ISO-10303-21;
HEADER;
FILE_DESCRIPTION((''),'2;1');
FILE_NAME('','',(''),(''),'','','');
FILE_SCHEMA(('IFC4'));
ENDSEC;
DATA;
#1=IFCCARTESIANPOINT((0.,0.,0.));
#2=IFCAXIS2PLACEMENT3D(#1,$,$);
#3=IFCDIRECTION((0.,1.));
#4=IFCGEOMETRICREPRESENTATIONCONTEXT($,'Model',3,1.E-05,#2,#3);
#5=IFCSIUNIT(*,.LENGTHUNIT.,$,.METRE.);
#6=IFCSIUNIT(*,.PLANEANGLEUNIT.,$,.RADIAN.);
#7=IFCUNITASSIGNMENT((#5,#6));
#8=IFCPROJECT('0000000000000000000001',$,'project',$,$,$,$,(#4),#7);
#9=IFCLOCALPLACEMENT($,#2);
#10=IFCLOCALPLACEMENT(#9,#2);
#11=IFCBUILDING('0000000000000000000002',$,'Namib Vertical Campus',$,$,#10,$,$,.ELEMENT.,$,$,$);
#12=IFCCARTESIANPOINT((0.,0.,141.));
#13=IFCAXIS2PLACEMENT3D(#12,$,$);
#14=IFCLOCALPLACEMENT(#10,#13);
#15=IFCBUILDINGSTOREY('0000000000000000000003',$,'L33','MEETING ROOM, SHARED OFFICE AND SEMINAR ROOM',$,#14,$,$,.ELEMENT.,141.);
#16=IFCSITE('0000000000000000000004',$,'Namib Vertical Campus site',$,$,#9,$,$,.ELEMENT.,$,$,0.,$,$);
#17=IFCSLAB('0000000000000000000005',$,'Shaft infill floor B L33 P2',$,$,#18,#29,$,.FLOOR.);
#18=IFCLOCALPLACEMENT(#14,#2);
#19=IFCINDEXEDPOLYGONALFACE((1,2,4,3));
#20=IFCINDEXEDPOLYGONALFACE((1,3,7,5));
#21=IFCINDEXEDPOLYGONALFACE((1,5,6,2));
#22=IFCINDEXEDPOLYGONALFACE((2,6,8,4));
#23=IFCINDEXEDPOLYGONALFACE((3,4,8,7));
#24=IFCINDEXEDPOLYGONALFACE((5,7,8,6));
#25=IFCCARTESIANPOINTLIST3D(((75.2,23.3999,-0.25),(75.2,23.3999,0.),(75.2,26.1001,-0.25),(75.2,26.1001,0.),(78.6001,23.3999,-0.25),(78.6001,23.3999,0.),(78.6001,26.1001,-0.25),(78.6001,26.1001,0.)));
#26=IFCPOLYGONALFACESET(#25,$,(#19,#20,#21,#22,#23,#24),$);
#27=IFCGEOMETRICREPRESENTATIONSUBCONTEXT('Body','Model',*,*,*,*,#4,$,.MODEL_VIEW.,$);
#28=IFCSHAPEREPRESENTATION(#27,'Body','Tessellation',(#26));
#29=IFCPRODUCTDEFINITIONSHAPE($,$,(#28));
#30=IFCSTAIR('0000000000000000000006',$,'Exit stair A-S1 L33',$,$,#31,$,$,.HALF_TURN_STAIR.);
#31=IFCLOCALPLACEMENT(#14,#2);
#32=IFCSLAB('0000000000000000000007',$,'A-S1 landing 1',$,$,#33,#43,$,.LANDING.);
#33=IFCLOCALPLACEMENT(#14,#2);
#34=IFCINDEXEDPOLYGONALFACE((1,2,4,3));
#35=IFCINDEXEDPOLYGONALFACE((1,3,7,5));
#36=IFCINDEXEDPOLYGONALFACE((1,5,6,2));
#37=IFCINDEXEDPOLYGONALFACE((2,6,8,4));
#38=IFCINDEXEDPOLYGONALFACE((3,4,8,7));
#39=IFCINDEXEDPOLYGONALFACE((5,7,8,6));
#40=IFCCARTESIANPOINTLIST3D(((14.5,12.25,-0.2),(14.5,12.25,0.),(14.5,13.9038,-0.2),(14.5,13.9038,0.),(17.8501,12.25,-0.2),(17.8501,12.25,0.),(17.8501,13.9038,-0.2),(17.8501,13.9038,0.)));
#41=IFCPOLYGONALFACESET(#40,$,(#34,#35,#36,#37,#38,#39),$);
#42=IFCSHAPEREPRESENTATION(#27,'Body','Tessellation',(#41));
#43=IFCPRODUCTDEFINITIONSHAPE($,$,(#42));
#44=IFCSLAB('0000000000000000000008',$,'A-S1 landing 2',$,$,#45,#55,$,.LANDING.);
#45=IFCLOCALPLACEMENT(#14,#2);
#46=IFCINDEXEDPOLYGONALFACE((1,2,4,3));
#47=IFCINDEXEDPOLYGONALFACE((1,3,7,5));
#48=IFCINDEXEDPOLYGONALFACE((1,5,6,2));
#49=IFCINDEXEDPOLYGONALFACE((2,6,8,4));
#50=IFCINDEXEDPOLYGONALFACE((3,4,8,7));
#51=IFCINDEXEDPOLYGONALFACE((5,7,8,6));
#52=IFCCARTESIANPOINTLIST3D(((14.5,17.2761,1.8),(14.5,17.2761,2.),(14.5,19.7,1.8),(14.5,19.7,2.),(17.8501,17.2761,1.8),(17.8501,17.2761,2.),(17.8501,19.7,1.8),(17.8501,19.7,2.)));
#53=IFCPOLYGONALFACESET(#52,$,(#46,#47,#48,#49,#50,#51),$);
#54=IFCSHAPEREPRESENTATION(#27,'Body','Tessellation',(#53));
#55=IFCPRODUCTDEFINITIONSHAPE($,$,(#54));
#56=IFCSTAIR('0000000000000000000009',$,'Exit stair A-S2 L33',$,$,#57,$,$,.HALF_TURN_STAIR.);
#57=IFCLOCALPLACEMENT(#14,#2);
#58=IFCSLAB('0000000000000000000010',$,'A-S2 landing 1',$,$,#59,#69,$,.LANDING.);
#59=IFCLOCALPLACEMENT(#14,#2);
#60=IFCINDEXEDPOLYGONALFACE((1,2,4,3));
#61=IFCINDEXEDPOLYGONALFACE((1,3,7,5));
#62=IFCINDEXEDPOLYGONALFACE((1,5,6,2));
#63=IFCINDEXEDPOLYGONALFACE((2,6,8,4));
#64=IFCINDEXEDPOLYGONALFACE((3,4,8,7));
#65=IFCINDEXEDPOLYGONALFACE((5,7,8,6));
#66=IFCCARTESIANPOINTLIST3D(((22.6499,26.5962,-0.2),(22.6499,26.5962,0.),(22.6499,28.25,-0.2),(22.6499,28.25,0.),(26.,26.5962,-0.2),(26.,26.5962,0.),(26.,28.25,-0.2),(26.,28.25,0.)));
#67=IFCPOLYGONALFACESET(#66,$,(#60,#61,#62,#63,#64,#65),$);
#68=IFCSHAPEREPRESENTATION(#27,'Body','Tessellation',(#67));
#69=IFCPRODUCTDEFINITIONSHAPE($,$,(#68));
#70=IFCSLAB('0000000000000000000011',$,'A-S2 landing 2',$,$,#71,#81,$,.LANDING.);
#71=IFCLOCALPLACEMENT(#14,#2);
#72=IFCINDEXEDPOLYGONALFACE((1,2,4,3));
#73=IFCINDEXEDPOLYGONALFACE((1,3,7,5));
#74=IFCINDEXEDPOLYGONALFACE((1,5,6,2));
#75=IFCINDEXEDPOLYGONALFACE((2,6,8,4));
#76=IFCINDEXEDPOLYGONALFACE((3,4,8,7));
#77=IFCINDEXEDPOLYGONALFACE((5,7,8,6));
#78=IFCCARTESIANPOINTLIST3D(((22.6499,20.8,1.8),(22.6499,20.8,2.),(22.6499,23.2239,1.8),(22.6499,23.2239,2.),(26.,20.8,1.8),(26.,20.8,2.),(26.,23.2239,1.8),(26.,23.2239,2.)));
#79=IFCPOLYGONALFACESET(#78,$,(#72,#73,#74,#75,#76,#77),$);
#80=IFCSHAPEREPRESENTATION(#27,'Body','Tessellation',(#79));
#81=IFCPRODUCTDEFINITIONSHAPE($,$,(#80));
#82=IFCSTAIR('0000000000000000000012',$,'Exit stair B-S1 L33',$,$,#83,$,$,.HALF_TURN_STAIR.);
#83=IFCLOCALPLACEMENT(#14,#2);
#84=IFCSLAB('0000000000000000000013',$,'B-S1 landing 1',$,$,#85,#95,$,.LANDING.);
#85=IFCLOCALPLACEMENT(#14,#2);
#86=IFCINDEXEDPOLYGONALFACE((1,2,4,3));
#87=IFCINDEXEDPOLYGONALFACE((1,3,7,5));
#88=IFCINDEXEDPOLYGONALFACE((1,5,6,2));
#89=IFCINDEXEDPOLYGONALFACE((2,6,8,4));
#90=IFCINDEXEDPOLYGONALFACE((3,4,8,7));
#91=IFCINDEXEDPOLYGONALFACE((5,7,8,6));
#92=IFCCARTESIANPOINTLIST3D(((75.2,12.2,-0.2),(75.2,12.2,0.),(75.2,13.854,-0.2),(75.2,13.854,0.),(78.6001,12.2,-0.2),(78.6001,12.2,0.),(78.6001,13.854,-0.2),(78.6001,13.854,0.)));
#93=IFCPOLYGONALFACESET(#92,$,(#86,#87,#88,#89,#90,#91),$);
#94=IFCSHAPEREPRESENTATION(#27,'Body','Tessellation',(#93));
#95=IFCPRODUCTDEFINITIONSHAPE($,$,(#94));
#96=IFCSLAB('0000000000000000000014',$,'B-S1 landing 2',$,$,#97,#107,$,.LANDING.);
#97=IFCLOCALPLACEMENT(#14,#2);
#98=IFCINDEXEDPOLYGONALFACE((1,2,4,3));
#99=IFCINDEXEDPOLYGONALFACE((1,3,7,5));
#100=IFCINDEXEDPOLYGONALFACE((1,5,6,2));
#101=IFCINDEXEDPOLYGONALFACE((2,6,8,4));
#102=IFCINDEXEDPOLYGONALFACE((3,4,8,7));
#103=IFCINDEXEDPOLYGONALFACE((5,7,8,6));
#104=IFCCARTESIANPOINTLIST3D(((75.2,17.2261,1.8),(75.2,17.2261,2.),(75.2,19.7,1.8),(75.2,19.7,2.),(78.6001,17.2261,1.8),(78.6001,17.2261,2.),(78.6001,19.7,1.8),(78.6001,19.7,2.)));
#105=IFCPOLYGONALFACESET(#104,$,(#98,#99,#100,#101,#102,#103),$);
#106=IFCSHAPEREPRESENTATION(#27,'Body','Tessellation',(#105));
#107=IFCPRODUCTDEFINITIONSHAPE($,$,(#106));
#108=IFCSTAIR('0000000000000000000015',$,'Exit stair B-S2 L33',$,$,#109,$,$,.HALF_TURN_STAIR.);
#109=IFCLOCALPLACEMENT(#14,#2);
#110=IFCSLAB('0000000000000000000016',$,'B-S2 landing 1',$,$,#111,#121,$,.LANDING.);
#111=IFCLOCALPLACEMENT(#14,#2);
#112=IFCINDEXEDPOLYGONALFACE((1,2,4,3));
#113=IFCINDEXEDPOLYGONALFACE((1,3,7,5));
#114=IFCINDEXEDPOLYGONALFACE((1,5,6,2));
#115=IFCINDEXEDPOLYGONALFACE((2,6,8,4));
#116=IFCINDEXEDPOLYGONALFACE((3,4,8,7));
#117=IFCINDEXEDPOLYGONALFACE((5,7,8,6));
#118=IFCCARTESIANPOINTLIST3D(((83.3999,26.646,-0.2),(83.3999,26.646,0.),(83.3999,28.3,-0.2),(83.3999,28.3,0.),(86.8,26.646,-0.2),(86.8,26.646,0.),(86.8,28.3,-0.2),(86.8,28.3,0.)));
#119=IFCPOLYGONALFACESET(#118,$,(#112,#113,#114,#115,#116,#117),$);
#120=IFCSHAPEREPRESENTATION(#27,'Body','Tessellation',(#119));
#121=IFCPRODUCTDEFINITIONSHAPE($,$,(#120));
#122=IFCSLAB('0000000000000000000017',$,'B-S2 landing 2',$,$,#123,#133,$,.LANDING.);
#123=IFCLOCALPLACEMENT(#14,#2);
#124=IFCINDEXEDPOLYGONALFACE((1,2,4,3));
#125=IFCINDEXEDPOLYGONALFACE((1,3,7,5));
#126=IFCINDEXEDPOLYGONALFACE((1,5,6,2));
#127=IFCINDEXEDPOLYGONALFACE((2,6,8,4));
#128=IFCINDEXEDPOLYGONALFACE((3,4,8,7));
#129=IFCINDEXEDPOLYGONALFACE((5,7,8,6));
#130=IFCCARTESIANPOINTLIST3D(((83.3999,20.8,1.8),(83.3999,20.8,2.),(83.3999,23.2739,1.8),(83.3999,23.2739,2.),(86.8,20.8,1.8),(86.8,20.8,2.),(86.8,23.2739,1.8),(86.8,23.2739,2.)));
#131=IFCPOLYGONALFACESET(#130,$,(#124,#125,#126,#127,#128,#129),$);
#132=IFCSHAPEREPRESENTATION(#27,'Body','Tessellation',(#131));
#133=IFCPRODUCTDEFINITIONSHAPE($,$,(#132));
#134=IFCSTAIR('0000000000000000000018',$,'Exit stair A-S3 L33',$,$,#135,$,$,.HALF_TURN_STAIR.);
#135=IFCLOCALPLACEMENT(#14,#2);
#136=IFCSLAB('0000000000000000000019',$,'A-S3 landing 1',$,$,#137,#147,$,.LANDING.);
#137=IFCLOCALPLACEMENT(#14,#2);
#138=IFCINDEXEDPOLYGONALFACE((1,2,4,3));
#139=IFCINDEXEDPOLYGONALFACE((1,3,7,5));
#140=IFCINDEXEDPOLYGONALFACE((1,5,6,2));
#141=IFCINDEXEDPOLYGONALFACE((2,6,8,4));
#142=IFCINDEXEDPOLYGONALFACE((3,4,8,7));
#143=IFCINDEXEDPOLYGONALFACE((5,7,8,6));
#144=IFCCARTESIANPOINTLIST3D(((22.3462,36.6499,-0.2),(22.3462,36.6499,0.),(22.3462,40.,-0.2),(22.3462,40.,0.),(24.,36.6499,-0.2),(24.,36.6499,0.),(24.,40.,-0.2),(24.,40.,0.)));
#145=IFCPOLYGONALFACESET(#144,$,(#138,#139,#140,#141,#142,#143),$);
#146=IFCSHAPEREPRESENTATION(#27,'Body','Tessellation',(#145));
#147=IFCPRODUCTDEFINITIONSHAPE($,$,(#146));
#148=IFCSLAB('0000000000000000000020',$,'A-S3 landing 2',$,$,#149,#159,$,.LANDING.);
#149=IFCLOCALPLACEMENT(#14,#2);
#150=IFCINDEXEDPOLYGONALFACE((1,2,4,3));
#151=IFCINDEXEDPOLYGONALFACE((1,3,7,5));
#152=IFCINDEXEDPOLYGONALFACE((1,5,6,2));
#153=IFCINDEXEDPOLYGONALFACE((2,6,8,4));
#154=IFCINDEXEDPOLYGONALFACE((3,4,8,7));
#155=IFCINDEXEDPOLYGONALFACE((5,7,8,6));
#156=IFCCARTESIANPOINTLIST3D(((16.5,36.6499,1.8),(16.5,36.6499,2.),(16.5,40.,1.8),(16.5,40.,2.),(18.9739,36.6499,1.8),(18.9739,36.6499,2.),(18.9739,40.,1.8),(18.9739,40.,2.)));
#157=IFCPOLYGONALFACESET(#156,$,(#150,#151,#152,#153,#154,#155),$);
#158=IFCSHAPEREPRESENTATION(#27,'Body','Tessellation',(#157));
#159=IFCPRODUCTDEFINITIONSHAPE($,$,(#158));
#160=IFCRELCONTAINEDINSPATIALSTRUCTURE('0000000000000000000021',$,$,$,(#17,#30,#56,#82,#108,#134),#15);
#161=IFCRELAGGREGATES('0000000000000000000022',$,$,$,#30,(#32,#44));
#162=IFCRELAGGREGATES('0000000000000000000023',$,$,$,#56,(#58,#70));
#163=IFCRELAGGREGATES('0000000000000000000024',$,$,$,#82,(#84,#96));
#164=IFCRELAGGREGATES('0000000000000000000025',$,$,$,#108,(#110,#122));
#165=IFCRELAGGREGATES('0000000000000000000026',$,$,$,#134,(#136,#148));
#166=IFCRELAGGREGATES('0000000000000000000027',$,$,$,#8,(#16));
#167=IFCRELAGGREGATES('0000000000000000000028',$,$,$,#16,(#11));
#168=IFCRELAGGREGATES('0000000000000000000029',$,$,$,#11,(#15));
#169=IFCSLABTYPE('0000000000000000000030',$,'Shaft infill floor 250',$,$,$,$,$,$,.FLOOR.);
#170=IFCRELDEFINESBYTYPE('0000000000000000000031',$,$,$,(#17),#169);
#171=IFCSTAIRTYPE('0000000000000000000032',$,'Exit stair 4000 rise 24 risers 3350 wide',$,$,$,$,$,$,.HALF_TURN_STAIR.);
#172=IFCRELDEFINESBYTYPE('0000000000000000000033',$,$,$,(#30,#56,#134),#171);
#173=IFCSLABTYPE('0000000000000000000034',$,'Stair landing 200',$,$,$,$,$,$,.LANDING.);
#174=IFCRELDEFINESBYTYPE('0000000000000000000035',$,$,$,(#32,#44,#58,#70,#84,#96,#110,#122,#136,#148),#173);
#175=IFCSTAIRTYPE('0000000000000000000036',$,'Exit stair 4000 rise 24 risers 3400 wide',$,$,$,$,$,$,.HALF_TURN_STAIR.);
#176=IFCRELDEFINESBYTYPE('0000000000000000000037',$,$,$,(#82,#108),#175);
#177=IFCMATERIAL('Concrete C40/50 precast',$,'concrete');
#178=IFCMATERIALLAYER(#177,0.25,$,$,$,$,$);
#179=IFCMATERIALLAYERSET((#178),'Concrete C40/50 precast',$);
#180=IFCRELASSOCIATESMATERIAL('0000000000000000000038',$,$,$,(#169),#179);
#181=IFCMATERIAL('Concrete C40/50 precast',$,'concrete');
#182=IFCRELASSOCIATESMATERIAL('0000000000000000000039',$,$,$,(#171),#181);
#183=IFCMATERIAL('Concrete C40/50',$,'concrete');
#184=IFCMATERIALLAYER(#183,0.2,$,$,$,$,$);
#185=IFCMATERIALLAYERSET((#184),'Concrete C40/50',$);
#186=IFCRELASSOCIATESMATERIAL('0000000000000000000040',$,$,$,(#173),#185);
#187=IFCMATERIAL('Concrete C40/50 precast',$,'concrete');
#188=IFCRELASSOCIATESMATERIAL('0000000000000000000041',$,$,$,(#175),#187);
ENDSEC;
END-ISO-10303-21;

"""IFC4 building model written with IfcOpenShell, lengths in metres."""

from ifc_helpers import new_model, si_unit, direction, frame, origin, place, context, subcontext, project, spatial, polyline, outline, extrude, material, layer, layer_set, type_object, element, aggregate, save


model = new_model("IFC4")

# Units and contexts
model_context = context("Model", 3, precision=1e-05, world=origin(), true_north=direction((0.0, 1.0)))
body_context = subcontext(model_context, "Body", "Model", "MODEL_VIEW")
ifc_project = project(units=[si_unit("LENGTHUNIT", "METRE"), si_unit("PLANEANGLEUNIT", "RADIAN")], contexts=[model_context])

# Site, building, storey
site_placement = place(None, origin())
site = spatial("IfcSite", under=ifc_project, at=site_placement, Name="Namib Vertical Campus site", CompositionType="ELEMENT", RefElevation=0.0)
building_placement = place(site_placement, origin())
building = spatial("IfcBuilding", under=site, at=building_placement, Name="Namib Vertical Campus", CompositionType="ELEMENT")
storey_placement = place(building_placement, frame((0.0, 0.0, 141.0)))
storey = spatial("IfcBuildingStorey", under=building, at=storey_placement, Name="L33", Description="MEETING ROOM, SHARED OFFICE AND SEMINAR ROOM", CompositionType="ELEMENT", Elevation=141.0)

# Slab
ifc_material_1 = material(Name="Concrete C40/50 precast", Category="concrete")
ifc_layer_1 = layer(ifc_material_1, 0.25)
ifc_layer_set_1 = layer_set([ifc_layer_1], Name="Concrete C40/50 precast")
slab_type_1 = type_object("IfcSlabType", Name="Shaft infill floor 250", PredefinedType="FLOOR", material=ifc_layer_set_1)
slab_1_placement = place(storey_placement, frame((0.0, 0.0, -0.25)))
element("IfcSlab", 1, at=slab_1_placement, inside=storey, type_object=slab_type_1, Name="Shaft infill floor B L33 P2", PredefinedType="FLOOR", context=body_context, shape_type="SweptSolid", body=[
    extrude(outline(polyline([(75.2, 23.3999), (78.6001, 23.3999), (78.6001, 26.1001), (75.2, 26.1001), (75.2, 23.3999)])), origin(), (0.0, 0.0, 1.0), 0.25),
])

# Stairs, slabs
ifc_material_2 = material(Name="Concrete C40/50 precast", Category="concrete")
stair_type_1 = type_object("IfcStairType", Name="Exit stair 4000 rise 24 risers 3350 wide", PredefinedType="HALF_TURN_STAIR", material=ifc_material_2)
stair_1_placement = place(storey_placement, origin())
stair_1 = element("IfcStair", 2, at=stair_1_placement, inside=storey, type_object=stair_type_1, Name="Exit stair A-S1 L33", PredefinedType="HALF_TURN_STAIR")
ifc_material_3 = material(Name="Concrete C40/50", Category="concrete")
ifc_layer_2 = layer(ifc_material_3, 0.2)
ifc_layer_set_2 = layer_set([ifc_layer_2], Name="Concrete C40/50")
slab_type_2 = type_object("IfcSlabType", Name="Stair landing 200", PredefinedType="LANDING", material=ifc_layer_set_2)
slab_2_placement = place(storey_placement, frame((0.0, 0.0, -0.2)))
slab_2 = element("IfcSlab", 3, at=slab_2_placement, type_object=slab_type_2, Name="A-S1 landing 1", PredefinedType="LANDING", context=body_context, shape_type="SweptSolid", body=[
    extrude(outline(polyline([(14.5, 12.25), (17.8501, 12.25), (17.8501, 13.9038), (14.5, 13.9038), (14.5, 12.25)])), origin(), (0.0, 0.0, 1.0), 0.2),
])
slab_3_placement = place(storey_placement, frame((0.0, 0.0, 1.8)))
slab_3 = element("IfcSlab", 4, at=slab_3_placement, type_object=slab_type_2, Name="A-S1 landing 2", PredefinedType="LANDING", context=body_context, shape_type="SweptSolid", body=[
    extrude(outline(polyline([(14.5, 17.2761), (17.8501, 17.2761), (17.8501, 19.7), (14.5, 19.7), (14.5, 17.2761)])), origin(), (0.0, 0.0, 1.0), 0.2),
])
aggregate(stair_1, [slab_2, slab_3])
stair_2_placement = place(storey_placement, origin())
stair_2 = element("IfcStair", 5, at=stair_2_placement, inside=storey, type_object=stair_type_1, Name="Exit stair A-S2 L33", PredefinedType="HALF_TURN_STAIR")
slab_4_placement = place(storey_placement, frame((0.0, 0.0, -0.2)))
slab_4 = element("IfcSlab", 6, at=slab_4_placement, type_object=slab_type_2, Name="A-S2 landing 1", PredefinedType="LANDING", context=body_context, shape_type="SweptSolid", body=[
    extrude(outline(polyline([(22.6499, 26.5962), (26.0, 26.5962), (26.0, 28.25), (22.6499, 28.25), (22.6499, 26.5962)])), origin(), (0.0, 0.0, 1.0), 0.2),
])
slab_5_placement = place(storey_placement, frame((0.0, 0.0, 1.8)))
slab_5 = element("IfcSlab", 7, at=slab_5_placement, type_object=slab_type_2, Name="A-S2 landing 2", PredefinedType="LANDING", context=body_context, shape_type="SweptSolid", body=[
    extrude(outline(polyline([(22.6499, 20.8), (26.0, 20.8), (26.0, 23.2239), (22.6499, 23.2239), (22.6499, 20.8)])), origin(), (0.0, 0.0, 1.0), 0.2),
])
aggregate(stair_2, [slab_4, slab_5])
ifc_material_4 = material(Name="Concrete C40/50 precast", Category="concrete")
stair_type_2 = type_object("IfcStairType", Name="Exit stair 4000 rise 24 risers 3400 wide", PredefinedType="HALF_TURN_STAIR", material=ifc_material_4)
stair_3_placement = place(storey_placement, origin())
stair_3 = element("IfcStair", 8, at=stair_3_placement, inside=storey, type_object=stair_type_2, Name="Exit stair B-S1 L33", PredefinedType="HALF_TURN_STAIR")
slab_6_placement = place(storey_placement, frame((0.0, 0.0, -0.2)))
slab_6 = element("IfcSlab", 9, at=slab_6_placement, type_object=slab_type_2, Name="B-S1 landing 1", PredefinedType="LANDING", context=body_context, shape_type="SweptSolid", body=[
    extrude(outline(polyline([(75.2, 12.2), (78.6001, 12.2), (78.6001, 13.854), (75.2, 13.854), (75.2, 12.2)])), origin(), (0.0, 0.0, 1.0), 0.2),
])
slab_7_placement = place(storey_placement, frame((0.0, 0.0, 1.8)))
slab_7 = element("IfcSlab", 10, at=slab_7_placement, type_object=slab_type_2, Name="B-S1 landing 2", PredefinedType="LANDING", context=body_context, shape_type="SweptSolid", body=[
    extrude(outline(polyline([(75.2, 17.2261), (78.6001, 17.2261), (78.6001, 19.7), (75.2, 19.7), (75.2, 17.2261)])), origin(), (0.0, 0.0, 1.0), 0.2),
])
aggregate(stair_3, [slab_6, slab_7])
stair_4_placement = place(storey_placement, origin())
stair_4 = element("IfcStair", 11, at=stair_4_placement, inside=storey, type_object=stair_type_2, Name="Exit stair B-S2 L33", PredefinedType="HALF_TURN_STAIR")
slab_8_placement = place(storey_placement, frame((0.0, 0.0, -0.2)))
slab_8 = element("IfcSlab", 12, at=slab_8_placement, type_object=slab_type_2, Name="B-S2 landing 1", PredefinedType="LANDING", context=body_context, shape_type="SweptSolid", body=[
    extrude(outline(polyline([(83.3999, 26.646), (86.8, 26.646), (86.8, 28.3), (83.3999, 28.3), (83.3999, 26.646)])), origin(), (0.0, 0.0, 1.0), 0.2),
])
slab_9_placement = place(storey_placement, frame((0.0, 0.0, 1.8)))
slab_9 = element("IfcSlab", 13, at=slab_9_placement, type_object=slab_type_2, Name="B-S2 landing 2", PredefinedType="LANDING", context=body_context, shape_type="SweptSolid", body=[
    extrude(outline(polyline([(83.3999, 20.8), (86.8, 20.8), (86.8, 23.2739), (83.3999, 23.2739), (83.3999, 20.8)])), origin(), (0.0, 0.0, 1.0), 0.2),
])
aggregate(stair_4, [slab_8, slab_9])
stair_5_placement = place(storey_placement, origin())
stair_5 = element("IfcStair", 14, at=stair_5_placement, inside=storey, type_object=stair_type_1, Name="Exit stair A-S3 L33", PredefinedType="HALF_TURN_STAIR")
slab_10_placement = place(storey_placement, frame((0.0, 0.0, -0.2)))
slab_10 = element("IfcSlab", 15, at=slab_10_placement, type_object=slab_type_2, Name="A-S3 landing 1", PredefinedType="LANDING", context=body_context, shape_type="SweptSolid", body=[
    extrude(outline(polyline([(22.3462, 36.6499), (22.3462, 40.0), (24.0, 40.0), (24.0, 36.6499), (22.3462, 36.6499)])), origin(), (0.0, 0.0, 1.0), 0.2),
])
slab_11_placement = place(storey_placement, frame((0.0, 0.0, 1.8)))
slab_11 = element("IfcSlab", 16, at=slab_11_placement, type_object=slab_type_2, Name="A-S3 landing 2", PredefinedType="LANDING", context=body_context, shape_type="SweptSolid", body=[
    extrude(outline(polyline([(16.5, 36.6499), (16.5, 40.0), (18.9739, 40.0), (18.9739, 36.6499), (16.5, 36.6499)])), origin(), (0.0, 0.0, 1.0), 0.2),
])
aggregate(stair_5, [slab_10, slab_11])

save(model, "model.ifc")
